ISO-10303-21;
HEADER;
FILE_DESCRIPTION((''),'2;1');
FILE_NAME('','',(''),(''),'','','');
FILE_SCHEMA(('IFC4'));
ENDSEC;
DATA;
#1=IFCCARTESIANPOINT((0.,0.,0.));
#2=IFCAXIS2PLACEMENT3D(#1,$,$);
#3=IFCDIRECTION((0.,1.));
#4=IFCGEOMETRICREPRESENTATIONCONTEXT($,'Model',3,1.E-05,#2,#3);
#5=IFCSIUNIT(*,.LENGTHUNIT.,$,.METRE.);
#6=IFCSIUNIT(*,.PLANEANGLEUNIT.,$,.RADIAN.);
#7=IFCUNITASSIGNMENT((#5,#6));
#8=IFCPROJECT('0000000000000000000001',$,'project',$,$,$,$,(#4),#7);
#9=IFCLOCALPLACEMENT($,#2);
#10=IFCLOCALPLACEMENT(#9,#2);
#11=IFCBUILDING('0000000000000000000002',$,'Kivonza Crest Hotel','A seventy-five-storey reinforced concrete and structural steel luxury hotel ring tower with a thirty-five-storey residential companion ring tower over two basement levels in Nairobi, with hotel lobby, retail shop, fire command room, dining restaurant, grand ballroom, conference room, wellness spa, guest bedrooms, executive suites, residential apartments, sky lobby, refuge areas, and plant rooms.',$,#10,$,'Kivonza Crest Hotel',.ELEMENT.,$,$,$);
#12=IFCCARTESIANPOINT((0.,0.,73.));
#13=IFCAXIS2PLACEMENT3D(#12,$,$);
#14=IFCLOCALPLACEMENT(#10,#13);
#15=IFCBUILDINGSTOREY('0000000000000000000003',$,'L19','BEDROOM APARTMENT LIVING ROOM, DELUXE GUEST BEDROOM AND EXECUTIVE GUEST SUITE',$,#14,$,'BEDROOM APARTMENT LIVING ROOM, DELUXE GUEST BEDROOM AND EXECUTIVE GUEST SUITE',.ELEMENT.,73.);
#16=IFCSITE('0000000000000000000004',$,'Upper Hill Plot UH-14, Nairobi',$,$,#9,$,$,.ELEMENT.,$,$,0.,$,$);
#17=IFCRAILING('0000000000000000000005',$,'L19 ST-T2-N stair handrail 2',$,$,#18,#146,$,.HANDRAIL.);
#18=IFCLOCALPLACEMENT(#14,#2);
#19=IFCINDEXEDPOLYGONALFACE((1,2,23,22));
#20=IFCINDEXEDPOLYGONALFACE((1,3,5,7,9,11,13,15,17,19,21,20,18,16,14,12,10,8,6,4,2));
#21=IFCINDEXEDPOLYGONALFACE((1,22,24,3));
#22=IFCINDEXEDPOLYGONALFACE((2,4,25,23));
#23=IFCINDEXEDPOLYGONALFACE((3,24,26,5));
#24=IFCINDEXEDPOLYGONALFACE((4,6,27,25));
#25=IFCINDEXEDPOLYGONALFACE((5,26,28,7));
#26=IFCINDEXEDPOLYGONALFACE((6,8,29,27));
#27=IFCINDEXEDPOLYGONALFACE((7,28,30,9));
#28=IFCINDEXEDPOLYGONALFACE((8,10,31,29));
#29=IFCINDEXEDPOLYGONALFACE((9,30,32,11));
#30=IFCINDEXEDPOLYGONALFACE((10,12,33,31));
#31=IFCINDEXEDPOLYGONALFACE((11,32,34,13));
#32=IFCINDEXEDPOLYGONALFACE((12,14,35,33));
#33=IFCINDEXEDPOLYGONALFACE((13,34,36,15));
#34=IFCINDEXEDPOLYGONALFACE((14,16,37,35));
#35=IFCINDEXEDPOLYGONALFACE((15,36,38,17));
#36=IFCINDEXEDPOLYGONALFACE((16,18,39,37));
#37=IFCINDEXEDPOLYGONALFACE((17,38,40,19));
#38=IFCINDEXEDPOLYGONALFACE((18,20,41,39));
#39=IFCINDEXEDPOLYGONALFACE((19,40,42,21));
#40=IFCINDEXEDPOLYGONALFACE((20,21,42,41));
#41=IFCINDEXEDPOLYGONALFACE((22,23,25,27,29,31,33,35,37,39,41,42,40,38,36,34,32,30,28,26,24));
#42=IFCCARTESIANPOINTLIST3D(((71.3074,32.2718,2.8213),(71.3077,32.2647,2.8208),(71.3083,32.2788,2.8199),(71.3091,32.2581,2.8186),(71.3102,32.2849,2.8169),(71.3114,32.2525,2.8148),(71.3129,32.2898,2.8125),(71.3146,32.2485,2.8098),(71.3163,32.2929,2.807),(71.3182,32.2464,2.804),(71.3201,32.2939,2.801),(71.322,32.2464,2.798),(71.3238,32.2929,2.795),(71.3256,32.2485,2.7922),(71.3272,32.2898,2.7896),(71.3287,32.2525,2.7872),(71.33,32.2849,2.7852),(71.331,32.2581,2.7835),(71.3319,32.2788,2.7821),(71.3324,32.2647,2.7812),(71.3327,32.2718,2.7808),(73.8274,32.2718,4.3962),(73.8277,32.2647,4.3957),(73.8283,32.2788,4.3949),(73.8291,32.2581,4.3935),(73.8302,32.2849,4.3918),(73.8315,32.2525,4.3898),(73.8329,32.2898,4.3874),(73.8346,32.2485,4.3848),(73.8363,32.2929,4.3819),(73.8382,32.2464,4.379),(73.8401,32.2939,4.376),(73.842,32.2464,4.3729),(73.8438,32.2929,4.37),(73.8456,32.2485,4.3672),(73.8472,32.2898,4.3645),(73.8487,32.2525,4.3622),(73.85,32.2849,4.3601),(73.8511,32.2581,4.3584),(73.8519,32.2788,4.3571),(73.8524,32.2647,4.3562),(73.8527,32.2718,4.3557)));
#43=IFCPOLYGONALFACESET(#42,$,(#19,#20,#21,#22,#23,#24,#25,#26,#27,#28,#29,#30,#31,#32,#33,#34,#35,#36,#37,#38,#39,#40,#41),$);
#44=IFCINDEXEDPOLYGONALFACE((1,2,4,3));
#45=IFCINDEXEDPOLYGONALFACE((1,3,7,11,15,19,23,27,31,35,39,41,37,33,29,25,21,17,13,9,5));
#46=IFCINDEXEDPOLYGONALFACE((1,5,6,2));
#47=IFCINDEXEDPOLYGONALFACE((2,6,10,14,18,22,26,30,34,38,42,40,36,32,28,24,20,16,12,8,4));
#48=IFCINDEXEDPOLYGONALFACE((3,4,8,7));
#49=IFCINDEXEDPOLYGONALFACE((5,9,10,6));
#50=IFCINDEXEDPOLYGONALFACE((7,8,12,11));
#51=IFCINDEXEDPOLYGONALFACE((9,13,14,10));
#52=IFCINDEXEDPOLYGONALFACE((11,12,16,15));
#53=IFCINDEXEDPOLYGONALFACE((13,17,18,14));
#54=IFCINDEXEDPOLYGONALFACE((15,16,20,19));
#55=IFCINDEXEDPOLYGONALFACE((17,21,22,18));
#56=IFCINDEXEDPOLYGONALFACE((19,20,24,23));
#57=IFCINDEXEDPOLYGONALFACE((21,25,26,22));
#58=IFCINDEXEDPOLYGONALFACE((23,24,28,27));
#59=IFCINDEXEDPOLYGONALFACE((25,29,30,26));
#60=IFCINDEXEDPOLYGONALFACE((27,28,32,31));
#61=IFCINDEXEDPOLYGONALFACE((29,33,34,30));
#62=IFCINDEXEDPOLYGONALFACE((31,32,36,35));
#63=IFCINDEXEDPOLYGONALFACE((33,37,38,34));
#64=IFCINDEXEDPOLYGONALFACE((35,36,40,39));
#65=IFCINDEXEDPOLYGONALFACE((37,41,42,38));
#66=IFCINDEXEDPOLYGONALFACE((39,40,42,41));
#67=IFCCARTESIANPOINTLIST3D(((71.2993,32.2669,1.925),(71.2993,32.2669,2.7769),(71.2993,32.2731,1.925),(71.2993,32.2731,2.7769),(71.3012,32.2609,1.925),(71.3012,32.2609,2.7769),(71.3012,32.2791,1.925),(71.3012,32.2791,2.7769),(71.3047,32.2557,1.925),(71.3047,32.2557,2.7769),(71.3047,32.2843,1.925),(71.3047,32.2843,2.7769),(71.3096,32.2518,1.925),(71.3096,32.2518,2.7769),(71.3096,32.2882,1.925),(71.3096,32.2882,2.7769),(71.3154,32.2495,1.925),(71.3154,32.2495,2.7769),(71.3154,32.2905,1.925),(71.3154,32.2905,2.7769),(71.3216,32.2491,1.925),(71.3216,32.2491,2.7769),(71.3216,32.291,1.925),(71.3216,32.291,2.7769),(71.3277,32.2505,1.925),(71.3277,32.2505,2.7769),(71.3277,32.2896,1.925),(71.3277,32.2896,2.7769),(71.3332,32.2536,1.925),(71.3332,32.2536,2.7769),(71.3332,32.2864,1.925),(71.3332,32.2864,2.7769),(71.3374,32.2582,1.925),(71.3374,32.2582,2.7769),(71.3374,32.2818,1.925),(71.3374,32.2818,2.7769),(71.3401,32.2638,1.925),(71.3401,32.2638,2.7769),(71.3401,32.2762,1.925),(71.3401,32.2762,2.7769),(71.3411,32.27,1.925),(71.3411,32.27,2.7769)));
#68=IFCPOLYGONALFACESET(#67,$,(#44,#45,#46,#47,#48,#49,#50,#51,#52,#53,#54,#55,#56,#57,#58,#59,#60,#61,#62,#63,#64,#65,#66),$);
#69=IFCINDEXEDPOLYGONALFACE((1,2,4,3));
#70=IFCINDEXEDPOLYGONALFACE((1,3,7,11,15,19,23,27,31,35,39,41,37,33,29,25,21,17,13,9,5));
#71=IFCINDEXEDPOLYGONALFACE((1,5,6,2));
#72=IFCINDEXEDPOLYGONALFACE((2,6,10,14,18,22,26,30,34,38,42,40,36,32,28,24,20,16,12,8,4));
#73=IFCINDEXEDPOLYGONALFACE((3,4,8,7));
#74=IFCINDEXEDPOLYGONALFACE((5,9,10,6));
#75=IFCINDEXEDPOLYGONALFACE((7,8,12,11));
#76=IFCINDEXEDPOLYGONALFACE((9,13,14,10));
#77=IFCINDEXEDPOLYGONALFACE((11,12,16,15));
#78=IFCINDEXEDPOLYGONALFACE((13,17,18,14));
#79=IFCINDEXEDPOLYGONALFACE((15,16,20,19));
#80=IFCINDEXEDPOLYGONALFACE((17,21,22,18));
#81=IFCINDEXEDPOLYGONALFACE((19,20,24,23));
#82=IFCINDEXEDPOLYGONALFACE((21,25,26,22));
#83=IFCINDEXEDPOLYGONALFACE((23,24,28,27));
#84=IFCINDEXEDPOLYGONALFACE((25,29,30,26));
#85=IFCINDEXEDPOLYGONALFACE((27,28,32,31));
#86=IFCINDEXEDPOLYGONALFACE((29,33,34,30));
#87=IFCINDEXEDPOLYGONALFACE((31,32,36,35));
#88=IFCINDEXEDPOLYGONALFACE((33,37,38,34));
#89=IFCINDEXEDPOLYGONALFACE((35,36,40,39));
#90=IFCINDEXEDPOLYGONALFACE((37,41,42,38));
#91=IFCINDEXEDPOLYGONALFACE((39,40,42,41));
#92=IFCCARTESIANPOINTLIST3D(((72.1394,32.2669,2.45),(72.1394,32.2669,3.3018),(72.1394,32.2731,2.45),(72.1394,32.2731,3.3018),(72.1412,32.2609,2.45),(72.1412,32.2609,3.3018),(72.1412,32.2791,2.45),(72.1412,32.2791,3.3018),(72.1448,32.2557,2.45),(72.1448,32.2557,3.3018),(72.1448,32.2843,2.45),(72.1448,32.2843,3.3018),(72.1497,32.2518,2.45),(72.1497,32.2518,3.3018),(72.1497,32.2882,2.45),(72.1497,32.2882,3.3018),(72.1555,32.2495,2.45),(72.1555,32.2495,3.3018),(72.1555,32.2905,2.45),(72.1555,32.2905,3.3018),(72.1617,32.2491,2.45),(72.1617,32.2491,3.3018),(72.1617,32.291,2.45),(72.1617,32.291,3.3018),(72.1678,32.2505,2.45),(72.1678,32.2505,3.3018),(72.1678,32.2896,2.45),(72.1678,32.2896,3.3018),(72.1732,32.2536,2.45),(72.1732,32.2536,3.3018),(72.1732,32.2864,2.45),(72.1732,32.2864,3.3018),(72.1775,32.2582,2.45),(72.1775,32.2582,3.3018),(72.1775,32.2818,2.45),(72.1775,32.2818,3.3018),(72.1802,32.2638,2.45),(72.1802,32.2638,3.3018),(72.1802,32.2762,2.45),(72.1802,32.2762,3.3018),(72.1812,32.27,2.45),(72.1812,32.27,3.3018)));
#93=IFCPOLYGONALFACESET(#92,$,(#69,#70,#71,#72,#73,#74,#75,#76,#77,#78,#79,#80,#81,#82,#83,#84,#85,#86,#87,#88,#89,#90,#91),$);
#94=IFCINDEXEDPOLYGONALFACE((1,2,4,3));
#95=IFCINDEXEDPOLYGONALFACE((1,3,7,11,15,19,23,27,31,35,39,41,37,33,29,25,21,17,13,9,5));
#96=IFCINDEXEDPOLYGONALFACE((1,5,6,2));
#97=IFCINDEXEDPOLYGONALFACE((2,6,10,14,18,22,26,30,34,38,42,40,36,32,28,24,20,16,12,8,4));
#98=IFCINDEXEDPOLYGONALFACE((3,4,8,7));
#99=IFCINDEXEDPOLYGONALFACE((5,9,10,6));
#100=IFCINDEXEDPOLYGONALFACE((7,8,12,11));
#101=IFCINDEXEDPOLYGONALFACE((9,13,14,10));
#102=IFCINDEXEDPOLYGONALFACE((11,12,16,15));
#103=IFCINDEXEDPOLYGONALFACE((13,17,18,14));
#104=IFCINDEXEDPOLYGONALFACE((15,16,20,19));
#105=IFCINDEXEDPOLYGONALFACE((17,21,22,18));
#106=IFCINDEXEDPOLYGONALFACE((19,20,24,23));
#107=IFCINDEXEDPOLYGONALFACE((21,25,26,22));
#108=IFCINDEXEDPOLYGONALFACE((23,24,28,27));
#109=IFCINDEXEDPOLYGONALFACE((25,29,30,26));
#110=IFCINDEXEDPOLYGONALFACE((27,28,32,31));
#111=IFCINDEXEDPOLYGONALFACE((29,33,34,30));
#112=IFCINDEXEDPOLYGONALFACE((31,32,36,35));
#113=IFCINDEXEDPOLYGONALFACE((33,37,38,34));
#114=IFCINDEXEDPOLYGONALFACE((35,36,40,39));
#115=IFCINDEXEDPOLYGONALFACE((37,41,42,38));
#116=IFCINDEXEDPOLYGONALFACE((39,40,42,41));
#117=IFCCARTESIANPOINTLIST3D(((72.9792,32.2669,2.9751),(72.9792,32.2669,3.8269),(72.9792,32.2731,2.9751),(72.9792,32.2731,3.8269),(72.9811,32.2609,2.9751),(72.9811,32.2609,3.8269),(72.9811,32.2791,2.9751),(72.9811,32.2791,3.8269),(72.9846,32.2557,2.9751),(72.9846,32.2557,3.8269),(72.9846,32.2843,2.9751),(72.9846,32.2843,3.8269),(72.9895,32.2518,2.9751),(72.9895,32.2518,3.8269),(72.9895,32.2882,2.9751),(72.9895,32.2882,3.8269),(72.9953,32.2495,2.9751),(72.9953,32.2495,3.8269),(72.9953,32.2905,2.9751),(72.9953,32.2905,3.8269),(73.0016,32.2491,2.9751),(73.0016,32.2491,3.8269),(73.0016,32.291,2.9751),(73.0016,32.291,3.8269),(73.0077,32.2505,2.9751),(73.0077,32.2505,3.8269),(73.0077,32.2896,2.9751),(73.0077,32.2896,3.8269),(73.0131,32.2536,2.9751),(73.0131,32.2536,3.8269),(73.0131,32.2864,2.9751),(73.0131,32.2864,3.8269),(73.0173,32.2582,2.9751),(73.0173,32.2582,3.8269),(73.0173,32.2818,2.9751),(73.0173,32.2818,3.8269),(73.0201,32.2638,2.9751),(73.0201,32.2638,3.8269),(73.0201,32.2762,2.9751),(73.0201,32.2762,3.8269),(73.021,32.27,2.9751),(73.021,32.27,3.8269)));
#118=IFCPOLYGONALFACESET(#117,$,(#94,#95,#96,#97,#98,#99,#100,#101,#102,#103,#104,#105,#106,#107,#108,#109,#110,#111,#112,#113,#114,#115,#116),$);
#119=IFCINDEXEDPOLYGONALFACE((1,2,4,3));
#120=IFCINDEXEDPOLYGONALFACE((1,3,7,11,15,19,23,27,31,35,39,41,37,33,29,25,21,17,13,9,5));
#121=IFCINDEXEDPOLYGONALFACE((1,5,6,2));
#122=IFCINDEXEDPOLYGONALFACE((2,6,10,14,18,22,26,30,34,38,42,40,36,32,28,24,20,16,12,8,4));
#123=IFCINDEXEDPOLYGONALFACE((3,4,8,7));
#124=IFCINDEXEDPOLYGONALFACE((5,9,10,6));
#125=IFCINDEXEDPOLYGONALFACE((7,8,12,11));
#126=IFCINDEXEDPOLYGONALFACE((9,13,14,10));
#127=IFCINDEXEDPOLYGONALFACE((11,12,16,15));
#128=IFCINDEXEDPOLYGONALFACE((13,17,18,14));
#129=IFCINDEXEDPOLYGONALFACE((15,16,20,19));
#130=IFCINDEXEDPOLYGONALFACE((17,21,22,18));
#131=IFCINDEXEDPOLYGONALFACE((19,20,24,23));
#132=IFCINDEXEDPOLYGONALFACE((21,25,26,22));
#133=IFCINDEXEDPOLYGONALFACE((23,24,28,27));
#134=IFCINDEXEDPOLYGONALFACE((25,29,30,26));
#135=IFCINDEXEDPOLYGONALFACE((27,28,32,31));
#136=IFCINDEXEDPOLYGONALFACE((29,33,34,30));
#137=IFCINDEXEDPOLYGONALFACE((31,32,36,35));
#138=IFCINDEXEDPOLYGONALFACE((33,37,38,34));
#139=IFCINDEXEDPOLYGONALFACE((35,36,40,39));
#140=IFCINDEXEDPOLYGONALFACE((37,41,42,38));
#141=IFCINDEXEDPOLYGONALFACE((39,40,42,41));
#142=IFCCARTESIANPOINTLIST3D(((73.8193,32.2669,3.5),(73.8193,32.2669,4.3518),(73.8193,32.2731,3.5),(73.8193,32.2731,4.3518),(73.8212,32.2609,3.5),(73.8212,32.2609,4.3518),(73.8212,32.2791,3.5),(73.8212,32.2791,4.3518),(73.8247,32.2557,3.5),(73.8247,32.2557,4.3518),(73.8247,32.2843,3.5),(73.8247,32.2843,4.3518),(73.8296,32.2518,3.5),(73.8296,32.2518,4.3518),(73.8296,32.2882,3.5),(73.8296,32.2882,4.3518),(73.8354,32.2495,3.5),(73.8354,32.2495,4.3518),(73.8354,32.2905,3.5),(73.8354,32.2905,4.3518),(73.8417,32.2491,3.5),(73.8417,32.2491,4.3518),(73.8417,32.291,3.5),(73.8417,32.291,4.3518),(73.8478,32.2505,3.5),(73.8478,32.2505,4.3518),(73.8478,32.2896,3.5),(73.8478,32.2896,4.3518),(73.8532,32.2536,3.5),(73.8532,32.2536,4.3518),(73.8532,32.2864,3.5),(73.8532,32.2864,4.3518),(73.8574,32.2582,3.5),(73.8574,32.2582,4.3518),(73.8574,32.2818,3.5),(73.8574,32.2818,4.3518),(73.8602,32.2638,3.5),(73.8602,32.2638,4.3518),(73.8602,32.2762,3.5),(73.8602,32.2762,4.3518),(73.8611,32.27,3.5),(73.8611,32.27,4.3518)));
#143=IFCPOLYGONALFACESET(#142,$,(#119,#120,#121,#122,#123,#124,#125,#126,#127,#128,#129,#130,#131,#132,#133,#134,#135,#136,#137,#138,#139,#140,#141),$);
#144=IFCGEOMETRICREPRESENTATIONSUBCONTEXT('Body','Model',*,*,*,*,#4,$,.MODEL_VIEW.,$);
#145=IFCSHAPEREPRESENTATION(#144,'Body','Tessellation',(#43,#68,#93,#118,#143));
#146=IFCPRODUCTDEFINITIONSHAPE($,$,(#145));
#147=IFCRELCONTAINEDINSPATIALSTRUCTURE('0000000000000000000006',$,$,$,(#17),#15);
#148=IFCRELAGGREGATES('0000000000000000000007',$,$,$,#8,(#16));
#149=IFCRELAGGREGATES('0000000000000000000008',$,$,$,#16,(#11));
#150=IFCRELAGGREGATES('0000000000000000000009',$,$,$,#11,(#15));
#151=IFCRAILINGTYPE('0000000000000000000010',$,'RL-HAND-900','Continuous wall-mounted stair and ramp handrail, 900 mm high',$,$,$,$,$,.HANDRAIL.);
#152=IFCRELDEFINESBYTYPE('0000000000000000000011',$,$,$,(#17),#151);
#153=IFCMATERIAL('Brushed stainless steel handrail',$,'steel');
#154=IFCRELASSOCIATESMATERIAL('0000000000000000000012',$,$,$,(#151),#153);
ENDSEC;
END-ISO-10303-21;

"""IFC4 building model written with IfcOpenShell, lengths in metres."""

from ifc_helpers import new_model, si_unit, direction, frame, origin, origin_2d, place, context, subcontext, project, spatial, circle, extrude, material, type_object, element, save


model = new_model("IFC4")

# Units and contexts
model_context = context("Model", 3, precision=1e-05, world=origin(), true_north=direction((0.0, 1.0)))
body_context = subcontext(model_context, "Body", "Model", "MODEL_VIEW")
ifc_project = project(units=[si_unit("LENGTHUNIT", "METRE"), si_unit("PLANEANGLEUNIT", "RADIAN")], contexts=[model_context])

# Site, building, storey
site_placement = place(None, origin())
site = spatial("IfcSite", under=ifc_project, at=site_placement, Name="Upper Hill Plot UH-14, Nairobi", CompositionType="ELEMENT", RefElevation=0.0)
building_placement = place(site_placement, origin())
building = spatial("IfcBuilding", under=site, at=building_placement, Name="Kivonza Crest Hotel", Description="A seventy-five-storey reinforced concrete and structural steel luxury hotel ring tower with a thirty-five-storey residential companion ring tower over two basement levels in Nairobi, with hotel lobby, retail shop, fire command room, dining restaurant, grand ballroom, conference room, wellness spa, guest bedrooms, executive suites, residential apartments, sky lobby, refuge areas, and plant rooms.", LongName="Kivonza Crest Hotel", CompositionType="ELEMENT")
storey_placement = place(building_placement, frame((0.0, 0.0, 73.0)))
storey = spatial("IfcBuildingStorey", under=building, at=storey_placement, Name="L19", Description="BEDROOM APARTMENT LIVING ROOM, DELUXE GUEST BEDROOM AND EXECUTIVE GUEST SUITE", LongName="BEDROOM APARTMENT LIVING ROOM, DELUXE GUEST BEDROOM AND EXECUTIVE GUEST SUITE", CompositionType="ELEMENT", Elevation=73.0)

# Railing
ifc_material_1 = material(Name="Brushed stainless steel handrail", Category="steel")
railing_type_1 = type_object("IfcRailingType", Name="RL-HAND-900", Description="Continuous wall-mounted stair and ramp handrail, 900 mm high", PredefinedType="HANDRAIL", material=ifc_material_1)
railing_1_placement = place(storey_placement, frame((71.3201, 32.27, 1.925)))
element("IfcRailing", 1, at=railing_1_placement, inside=storey, type_object=railing_type_1, Name="L19 ST-T2-N stair handrail 2", PredefinedType="HANDRAIL", context=body_context, shape_type="SweptSolid", body=[
    extrude(circle(Radius=0.0239, at=origin_2d()), frame((0.0, 0.0, 0.876), z_axis=(0.848008, 0.0, 0.529984), x_axis=(0.0, 1.0, 0.0)), (0.0, 0.0, 1.0), 2.9717),
    extrude(circle(Radius=0.021, at=origin_2d()), origin(), (0.0, 0.0, 1.0), 0.8518),
    extrude(circle(Radius=0.021, at=origin_2d()), frame((0.8401, 0.0, 0.5249)), (0.0, 0.0, 1.0), 0.8518),
    extrude(circle(Radius=0.021, at=origin_2d()), frame((1.6799, 0.0, 1.05)), (0.0, 0.0, 1.0), 0.8518),
    extrude(circle(Radius=0.021, at=origin_2d()), frame((2.52, 0.0, 1.575)), (0.0, 0.0, 1.0), 0.8518),
])

save(model, "model.ifc")
